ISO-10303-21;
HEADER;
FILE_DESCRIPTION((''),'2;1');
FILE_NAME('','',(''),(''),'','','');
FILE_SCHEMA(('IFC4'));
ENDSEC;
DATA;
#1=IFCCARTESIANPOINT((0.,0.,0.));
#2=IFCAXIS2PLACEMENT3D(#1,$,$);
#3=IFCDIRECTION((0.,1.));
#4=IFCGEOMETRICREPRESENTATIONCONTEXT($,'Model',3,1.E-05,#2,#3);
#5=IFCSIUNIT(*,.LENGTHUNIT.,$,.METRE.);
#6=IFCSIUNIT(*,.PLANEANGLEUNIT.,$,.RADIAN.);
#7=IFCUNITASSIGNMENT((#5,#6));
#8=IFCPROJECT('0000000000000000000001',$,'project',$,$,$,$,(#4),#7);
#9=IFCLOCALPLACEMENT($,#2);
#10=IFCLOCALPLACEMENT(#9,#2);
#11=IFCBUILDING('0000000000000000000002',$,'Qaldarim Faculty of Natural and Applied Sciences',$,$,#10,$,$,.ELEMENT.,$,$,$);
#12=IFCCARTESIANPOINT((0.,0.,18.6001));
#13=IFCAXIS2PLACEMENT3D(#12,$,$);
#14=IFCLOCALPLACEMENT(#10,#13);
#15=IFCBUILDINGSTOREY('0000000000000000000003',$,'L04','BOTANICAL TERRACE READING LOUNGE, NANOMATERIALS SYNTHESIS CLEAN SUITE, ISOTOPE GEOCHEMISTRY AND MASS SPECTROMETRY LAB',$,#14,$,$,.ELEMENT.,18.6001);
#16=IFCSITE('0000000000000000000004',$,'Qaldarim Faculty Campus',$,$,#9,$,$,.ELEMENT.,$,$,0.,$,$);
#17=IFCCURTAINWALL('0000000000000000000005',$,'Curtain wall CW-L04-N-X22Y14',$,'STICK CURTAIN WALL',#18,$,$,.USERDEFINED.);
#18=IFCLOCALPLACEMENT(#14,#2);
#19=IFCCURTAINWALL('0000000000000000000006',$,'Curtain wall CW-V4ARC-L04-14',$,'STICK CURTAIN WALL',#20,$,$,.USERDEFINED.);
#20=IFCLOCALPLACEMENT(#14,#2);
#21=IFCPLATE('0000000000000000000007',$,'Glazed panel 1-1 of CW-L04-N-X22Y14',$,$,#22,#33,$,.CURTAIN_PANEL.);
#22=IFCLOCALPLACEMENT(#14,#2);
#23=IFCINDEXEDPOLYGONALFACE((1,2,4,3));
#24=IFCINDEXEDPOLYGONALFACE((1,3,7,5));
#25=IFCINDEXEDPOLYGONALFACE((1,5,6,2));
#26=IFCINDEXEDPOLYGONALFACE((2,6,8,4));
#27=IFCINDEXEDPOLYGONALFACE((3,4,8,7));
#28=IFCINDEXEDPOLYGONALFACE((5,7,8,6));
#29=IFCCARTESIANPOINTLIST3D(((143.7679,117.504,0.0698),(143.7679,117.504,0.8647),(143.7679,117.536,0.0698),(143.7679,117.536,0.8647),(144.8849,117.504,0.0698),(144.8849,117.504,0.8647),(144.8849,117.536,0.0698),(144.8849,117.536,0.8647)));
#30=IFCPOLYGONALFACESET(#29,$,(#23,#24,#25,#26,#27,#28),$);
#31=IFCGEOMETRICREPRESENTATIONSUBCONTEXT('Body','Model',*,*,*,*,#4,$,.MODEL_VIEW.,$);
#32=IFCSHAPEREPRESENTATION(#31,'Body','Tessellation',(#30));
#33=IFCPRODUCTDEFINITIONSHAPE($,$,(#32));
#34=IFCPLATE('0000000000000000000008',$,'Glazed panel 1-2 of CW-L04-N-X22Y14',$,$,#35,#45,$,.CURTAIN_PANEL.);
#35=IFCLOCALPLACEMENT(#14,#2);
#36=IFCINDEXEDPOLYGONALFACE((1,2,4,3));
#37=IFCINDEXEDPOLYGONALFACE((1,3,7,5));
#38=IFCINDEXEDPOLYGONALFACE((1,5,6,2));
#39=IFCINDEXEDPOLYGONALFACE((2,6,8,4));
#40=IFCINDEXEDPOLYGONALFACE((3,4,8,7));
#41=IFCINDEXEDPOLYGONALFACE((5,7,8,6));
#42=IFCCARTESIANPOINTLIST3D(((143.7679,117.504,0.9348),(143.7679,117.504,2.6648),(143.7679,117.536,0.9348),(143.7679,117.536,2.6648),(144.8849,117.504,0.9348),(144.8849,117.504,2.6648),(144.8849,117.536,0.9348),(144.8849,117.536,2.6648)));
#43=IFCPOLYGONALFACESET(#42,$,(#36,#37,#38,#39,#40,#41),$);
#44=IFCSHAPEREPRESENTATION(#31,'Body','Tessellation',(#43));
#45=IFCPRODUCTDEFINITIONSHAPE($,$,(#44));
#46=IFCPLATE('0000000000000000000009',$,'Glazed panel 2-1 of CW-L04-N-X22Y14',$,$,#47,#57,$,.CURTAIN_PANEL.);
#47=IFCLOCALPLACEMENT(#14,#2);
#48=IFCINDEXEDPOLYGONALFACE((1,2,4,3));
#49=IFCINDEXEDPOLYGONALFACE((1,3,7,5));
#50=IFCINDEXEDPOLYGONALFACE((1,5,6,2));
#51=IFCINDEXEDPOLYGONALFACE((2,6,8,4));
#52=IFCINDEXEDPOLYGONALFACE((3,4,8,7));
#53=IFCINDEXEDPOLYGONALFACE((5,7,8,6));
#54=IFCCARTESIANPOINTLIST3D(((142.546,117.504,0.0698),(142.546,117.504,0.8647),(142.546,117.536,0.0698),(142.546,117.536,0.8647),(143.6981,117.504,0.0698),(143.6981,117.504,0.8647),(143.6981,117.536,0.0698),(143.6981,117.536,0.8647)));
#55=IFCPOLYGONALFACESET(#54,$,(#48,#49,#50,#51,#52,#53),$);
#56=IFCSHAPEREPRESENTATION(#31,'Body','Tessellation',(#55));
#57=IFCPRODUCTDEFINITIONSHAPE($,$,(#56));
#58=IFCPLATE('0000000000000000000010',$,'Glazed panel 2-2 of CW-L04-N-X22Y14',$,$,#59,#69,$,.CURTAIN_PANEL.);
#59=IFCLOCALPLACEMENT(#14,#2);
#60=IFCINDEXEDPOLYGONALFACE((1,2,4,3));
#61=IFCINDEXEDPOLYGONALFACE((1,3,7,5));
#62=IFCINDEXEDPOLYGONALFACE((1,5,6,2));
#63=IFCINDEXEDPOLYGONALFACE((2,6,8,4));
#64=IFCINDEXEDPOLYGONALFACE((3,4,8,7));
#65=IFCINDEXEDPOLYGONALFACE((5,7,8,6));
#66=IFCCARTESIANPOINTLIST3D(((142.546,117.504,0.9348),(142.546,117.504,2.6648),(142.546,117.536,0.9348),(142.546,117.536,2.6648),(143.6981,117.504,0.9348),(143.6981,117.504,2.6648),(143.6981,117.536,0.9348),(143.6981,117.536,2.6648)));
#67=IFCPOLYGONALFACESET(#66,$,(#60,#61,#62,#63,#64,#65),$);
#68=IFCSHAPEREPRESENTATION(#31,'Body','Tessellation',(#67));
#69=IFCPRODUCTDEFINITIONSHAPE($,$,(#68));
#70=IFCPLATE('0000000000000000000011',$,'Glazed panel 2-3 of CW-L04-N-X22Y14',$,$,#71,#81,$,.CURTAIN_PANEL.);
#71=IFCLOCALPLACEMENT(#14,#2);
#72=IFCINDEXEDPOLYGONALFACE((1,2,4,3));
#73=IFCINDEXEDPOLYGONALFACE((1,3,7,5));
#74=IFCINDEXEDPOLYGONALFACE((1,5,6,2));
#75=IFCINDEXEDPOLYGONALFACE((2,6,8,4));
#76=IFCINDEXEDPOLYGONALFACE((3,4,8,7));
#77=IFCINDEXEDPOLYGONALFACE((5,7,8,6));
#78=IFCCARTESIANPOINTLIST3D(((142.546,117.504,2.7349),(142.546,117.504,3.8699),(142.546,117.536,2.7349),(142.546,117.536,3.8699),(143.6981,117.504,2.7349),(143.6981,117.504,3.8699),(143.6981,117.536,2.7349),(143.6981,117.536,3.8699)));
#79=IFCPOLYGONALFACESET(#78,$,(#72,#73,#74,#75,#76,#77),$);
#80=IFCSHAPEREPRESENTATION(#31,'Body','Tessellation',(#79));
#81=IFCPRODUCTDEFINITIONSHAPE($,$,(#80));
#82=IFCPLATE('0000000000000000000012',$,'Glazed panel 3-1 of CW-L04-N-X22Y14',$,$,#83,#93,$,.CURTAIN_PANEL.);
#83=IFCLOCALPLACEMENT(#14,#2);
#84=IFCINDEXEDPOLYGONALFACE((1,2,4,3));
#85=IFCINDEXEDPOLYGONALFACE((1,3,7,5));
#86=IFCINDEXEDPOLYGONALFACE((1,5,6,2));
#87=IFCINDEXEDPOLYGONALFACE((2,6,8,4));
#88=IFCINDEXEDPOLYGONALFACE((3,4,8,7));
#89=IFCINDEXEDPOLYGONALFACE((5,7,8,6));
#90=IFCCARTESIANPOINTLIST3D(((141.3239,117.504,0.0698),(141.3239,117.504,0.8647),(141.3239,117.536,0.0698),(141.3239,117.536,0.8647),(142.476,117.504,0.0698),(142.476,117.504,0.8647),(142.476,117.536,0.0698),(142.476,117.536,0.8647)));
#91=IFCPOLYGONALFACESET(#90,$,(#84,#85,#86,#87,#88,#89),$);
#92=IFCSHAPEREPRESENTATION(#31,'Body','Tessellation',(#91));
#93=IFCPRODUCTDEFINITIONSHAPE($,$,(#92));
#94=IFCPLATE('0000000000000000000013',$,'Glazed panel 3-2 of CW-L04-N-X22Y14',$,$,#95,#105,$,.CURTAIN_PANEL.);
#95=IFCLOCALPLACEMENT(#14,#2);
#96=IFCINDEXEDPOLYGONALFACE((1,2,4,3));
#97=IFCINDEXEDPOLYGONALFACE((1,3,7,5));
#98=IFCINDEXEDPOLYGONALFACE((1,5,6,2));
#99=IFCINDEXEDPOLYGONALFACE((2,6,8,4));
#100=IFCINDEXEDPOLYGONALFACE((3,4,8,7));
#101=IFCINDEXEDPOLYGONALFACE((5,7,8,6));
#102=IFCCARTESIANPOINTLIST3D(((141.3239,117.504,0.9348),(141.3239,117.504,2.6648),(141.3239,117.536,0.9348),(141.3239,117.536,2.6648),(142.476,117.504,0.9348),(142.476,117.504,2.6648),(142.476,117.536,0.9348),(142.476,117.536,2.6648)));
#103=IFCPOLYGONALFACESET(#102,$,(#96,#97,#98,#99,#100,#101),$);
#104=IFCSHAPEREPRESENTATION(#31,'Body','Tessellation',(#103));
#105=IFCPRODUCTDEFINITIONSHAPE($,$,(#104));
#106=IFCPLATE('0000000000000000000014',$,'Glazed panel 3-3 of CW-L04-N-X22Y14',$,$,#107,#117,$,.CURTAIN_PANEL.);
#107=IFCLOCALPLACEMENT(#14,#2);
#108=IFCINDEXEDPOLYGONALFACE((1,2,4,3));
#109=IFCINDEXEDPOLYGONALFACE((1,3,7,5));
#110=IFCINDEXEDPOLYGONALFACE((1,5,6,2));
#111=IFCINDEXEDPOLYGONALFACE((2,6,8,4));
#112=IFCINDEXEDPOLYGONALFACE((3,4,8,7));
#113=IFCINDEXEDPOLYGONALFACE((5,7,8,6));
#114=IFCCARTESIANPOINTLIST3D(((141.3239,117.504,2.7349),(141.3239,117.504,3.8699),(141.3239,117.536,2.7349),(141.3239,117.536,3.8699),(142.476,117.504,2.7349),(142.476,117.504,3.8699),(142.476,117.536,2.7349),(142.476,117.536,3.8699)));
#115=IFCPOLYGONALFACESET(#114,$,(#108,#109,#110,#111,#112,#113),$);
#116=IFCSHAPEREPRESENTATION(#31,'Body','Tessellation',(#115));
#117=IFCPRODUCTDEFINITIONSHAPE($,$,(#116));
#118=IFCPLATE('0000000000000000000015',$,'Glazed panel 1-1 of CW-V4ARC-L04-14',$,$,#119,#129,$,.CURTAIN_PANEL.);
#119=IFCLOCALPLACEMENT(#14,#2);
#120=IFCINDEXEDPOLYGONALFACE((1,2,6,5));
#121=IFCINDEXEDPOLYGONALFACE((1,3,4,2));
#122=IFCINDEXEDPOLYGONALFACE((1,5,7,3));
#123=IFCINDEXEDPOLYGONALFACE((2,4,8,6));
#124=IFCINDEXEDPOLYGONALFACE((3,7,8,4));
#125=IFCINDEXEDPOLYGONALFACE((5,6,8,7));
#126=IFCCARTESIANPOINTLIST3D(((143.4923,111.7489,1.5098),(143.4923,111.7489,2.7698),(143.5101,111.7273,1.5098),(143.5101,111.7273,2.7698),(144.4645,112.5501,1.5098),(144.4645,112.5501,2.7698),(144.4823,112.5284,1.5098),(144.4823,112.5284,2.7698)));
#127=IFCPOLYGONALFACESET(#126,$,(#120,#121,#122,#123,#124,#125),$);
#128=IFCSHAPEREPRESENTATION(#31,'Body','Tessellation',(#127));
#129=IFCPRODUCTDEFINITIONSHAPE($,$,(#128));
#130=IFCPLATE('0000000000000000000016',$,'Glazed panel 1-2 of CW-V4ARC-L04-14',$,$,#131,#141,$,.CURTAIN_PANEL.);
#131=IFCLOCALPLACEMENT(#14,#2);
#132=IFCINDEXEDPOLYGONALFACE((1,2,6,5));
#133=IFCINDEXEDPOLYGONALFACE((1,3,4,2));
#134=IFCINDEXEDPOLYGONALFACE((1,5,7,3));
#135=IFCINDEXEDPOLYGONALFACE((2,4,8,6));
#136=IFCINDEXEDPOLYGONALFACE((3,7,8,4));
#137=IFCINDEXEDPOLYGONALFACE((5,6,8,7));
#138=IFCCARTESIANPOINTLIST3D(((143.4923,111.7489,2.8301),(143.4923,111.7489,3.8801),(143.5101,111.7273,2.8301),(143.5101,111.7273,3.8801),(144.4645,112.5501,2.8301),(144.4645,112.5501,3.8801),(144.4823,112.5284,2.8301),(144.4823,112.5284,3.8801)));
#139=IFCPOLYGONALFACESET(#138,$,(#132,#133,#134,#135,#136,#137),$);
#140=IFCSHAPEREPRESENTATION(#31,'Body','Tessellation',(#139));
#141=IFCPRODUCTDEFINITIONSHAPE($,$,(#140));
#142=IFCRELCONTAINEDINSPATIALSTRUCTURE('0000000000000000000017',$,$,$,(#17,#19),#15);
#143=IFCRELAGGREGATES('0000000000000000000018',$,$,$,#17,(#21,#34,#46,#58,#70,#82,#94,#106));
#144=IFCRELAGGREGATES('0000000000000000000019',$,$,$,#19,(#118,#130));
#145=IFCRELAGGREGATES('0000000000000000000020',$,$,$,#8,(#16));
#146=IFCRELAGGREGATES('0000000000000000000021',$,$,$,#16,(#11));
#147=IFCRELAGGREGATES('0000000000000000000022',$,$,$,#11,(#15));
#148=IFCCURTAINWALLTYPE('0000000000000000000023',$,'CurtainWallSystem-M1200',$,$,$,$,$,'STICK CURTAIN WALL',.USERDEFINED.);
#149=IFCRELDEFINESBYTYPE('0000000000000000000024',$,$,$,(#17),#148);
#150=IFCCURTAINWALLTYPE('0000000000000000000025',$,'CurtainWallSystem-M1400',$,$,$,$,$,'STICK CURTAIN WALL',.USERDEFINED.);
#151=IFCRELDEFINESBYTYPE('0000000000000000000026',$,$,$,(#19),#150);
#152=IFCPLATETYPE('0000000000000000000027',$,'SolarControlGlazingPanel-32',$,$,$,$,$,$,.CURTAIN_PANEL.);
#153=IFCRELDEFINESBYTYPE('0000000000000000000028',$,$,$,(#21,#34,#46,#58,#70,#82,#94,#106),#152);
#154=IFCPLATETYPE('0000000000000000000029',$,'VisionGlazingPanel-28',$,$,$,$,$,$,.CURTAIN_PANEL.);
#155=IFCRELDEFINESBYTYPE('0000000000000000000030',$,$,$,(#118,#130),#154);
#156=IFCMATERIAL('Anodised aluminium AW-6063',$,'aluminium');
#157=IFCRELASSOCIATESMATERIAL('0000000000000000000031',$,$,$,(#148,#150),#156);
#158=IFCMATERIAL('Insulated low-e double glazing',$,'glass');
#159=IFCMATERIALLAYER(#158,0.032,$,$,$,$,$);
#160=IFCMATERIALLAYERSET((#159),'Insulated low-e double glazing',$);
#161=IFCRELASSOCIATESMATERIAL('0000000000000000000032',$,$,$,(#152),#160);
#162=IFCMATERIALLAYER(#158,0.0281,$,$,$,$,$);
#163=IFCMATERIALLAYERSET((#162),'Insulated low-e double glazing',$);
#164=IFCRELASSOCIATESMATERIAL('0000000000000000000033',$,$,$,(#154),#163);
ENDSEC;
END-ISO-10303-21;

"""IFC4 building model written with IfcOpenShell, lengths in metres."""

from ifc_helpers import new_model, si_unit, direction, frame, origin, origin_2d, place, context, subcontext, project, spatial, rectangle, extrude, material, layer, layer_set, type_object, element, aggregate, save


model = new_model("IFC4")

# Units and contexts
model_context = context("Model", 3, precision=1e-05, world=origin(), true_north=direction((0.0, 1.0)))
body_context = subcontext(model_context, "Body", "Model", "MODEL_VIEW")
ifc_project = project(units=[si_unit("LENGTHUNIT", "METRE"), si_unit("PLANEANGLEUNIT", "RADIAN")], contexts=[model_context])

# Site, building, storey
site_placement = place(None, origin())
site = spatial("IfcSite", under=ifc_project, at=site_placement, Name="Qaldarim Faculty Campus", CompositionType="ELEMENT", RefElevation=0.0)
building_placement = place(site_placement, origin())
building = spatial("IfcBuilding", under=site, at=building_placement, Name="Qaldarim Faculty of Natural and Applied Sciences", CompositionType="ELEMENT")
storey_placement = place(building_placement, frame((0.0, 0.0, 18.6001)))
storey = spatial("IfcBuildingStorey", under=building, at=storey_placement, Name="L04", Description="BOTANICAL TERRACE READING LOUNGE, NANOMATERIALS SYNTHESIS CLEAN SUITE, ISOTOPE GEOCHEMISTRY AND MASS SPECTROMETRY LAB", CompositionType="ELEMENT", Elevation=18.6001)

# Curtain walls
ifc_material_1 = material(Name="Anodised aluminium AW-6063", Category="aluminium")
curtain_wall_type_1 = type_object("IfcCurtainWallType", Name="CurtainWallSystem-M1200", ElementType="STICK CURTAIN WALL", PredefinedType="USERDEFINED", material=ifc_material_1)
curtain_wall_1_placement = place(storey_placement, origin())
curtain_wall_1 = element("IfcCurtainWall", 1, at=curtain_wall_1_placement, inside=storey, type_object=curtain_wall_type_1, Name="Curtain wall CW-L04-N-X22Y14", ObjectType="STICK CURTAIN WALL", PredefinedType="USERDEFINED")
curtain_wall_type_2 = type_object("IfcCurtainWallType", Name="CurtainWallSystem-M1400", ElementType="STICK CURTAIN WALL", PredefinedType="USERDEFINED", material=ifc_material_1)
curtain_wall_2_placement = place(storey_placement, origin())
curtain_wall_2 = element("IfcCurtainWall", 2, at=curtain_wall_2_placement, inside=storey, type_object=curtain_wall_type_2, Name="Curtain wall CW-V4ARC-L04-14", ObjectType="STICK CURTAIN WALL", PredefinedType="USERDEFINED")

# Plates
ifc_material_2 = material(Name="Insulated low-e double glazing", Category="glass")
ifc_layer_1 = layer(ifc_material_2, 0.032)
ifc_layer_set_1 = layer_set([ifc_layer_1], Name="Insulated low-e double glazing")
plate_type_1 = type_object("IfcPlateType", Name="SolarControlGlazingPanel-32", PredefinedType="CURTAIN_PANEL", material=ifc_layer_set_1)
plate_1_placement = place(storey_placement, frame((144.3264, 117.52, 0.0698), z_axis=(0.0, 0.0, 1.0), x_axis=(-1.0, 0.0, 0.0)))
plate_1 = element("IfcPlate", 3, at=plate_1_placement, type_object=plate_type_1, Name="Glazed panel 1-1 of CW-L04-N-X22Y14", PredefinedType="CURTAIN_PANEL", context=body_context, shape_type="SweptSolid", body=[
    extrude(rectangle(XDim=1.1169, YDim=0.032, at=origin_2d()), origin(), (0.0, 0.0, 1.0), 0.7949),
])
plate_2_placement = place(storey_placement, frame((144.3264, 117.52, 0.9348), z_axis=(0.0, 0.0, 1.0), x_axis=(-1.0, 0.0, 0.0)))
plate_2 = element("IfcPlate", 4, at=plate_2_placement, type_object=plate_type_1, Name="Glazed panel 1-2 of CW-L04-N-X22Y14", PredefinedType="CURTAIN_PANEL", context=body_context, shape_type="SweptSolid", body=[
    extrude(rectangle(XDim=1.1169, YDim=0.032, at=origin_2d()), origin(), (0.0, 0.0, 1.0), 1.73),
])
plate_3_placement = place(storey_placement, frame((143.1221, 117.52, 0.0698), z_axis=(0.0, 0.0, 1.0), x_axis=(-1.0, 0.0, 0.0)))
plate_3 = element("IfcPlate", 5, at=plate_3_placement, type_object=plate_type_1, Name="Glazed panel 2-1 of CW-L04-N-X22Y14", PredefinedType="CURTAIN_PANEL", context=body_context, shape_type="SweptSolid", body=[
    extrude(rectangle(XDim=1.1521, YDim=0.032, at=origin_2d()), origin(), (0.0, 0.0, 1.0), 0.7949),
])
plate_4_placement = place(storey_placement, frame((143.1221, 117.52, 0.9348), z_axis=(0.0, 0.0, 1.0), x_axis=(-1.0, 0.0, 0.0)))
plate_4 = element("IfcPlate", 6, at=plate_4_placement, type_object=plate_type_1, Name="Glazed panel 2-2 of CW-L04-N-X22Y14", PredefinedType="CURTAIN_PANEL", context=body_context, shape_type="SweptSolid", body=[
    extrude(rectangle(XDim=1.1521, YDim=0.032, at=origin_2d()), origin(), (0.0, 0.0, 1.0), 1.73),
])
plate_5_placement = place(storey_placement, frame((143.1221, 117.52, 2.7349), z_axis=(0.0, 0.0, 1.0), x_axis=(-1.0, 0.0, 0.0)))
plate_5 = element("IfcPlate", 7, at=plate_5_placement, type_object=plate_type_1, Name="Glazed panel 2-3 of CW-L04-N-X22Y14", PredefinedType="CURTAIN_PANEL", context=body_context, shape_type="SweptSolid", body=[
    extrude(rectangle(XDim=1.1521, YDim=0.032, at=origin_2d()), origin(), (0.0, 0.0, 1.0), 1.135),
])
plate_6_placement = place(storey_placement, frame((141.8999, 117.52, 0.0698), z_axis=(0.0, 0.0, 1.0), x_axis=(-1.0, 0.0, 0.0)))
plate_6 = element("IfcPlate", 8, at=plate_6_placement, type_object=plate_type_1, Name="Glazed panel 3-1 of CW-L04-N-X22Y14", PredefinedType="CURTAIN_PANEL", context=body_context, shape_type="SweptSolid", body=[
    extrude(rectangle(XDim=1.1521, YDim=0.032, at=origin_2d()), origin(), (0.0, 0.0, 1.0), 0.7949),
])
plate_7_placement = place(storey_placement, frame((141.8999, 117.52, 0.9348), z_axis=(0.0, 0.0, 1.0), x_axis=(-1.0, 0.0, 0.0)))
plate_7 = element("IfcPlate", 9, at=plate_7_placement, type_object=plate_type_1, Name="Glazed panel 3-2 of CW-L04-N-X22Y14", PredefinedType="CURTAIN_PANEL", context=body_context, shape_type="SweptSolid", body=[
    extrude(rectangle(XDim=1.1521, YDim=0.032, at=origin_2d()), origin(), (0.0, 0.0, 1.0), 1.73),
])
plate_8_placement = place(storey_placement, frame((141.8999, 117.52, 2.7349), z_axis=(0.0, 0.0, 1.0), x_axis=(-1.0, 0.0, 0.0)))
plate_8 = element("IfcPlate", 10, at=plate_8_placement, type_object=plate_type_1, Name="Glazed panel 3-3 of CW-L04-N-X22Y14", PredefinedType="CURTAIN_PANEL", context=body_context, shape_type="SweptSolid", body=[
    extrude(rectangle(XDim=1.1521, YDim=0.032, at=origin_2d()), origin(), (0.0, 0.0, 1.0), 1.135),
])
aggregate(curtain_wall_1, [plate_1, plate_2, plate_3, plate_4, plate_5, plate_6, plate_7, plate_8])
ifc_layer_2 = layer(ifc_material_2, 0.0281)
ifc_layer_set_2 = layer_set([ifc_layer_2], Name="Insulated low-e double glazing")
plate_type_2 = type_object("IfcPlateType", Name="VisionGlazingPanel-28", PredefinedType="CURTAIN_PANEL", material=ifc_layer_set_2)
plate_9_placement = place(storey_placement, frame((143.9873, 112.1387, 1.5098), z_axis=(0.0, 0.0, 1.0), x_axis=(0.771747, 0.63593, 0.0)))
plate_9 = element("IfcPlate", 11, at=plate_9_placement, type_object=plate_type_2, Name="Glazed panel 1-1 of CW-V4ARC-L04-14", PredefinedType="CURTAIN_PANEL", context=body_context, shape_type="SweptSolid", body=[
    extrude(rectangle(XDim=1.2598, YDim=0.0281, at=origin_2d()), origin(), (0.0, 0.0, 1.0), 1.26),
])
plate_10_placement = place(storey_placement, frame((143.9873, 112.1387, 2.8301), z_axis=(0.0, 0.0, 1.0), x_axis=(0.771747, 0.63593, 0.0)))
plate_10 = element("IfcPlate", 12, at=plate_10_placement, type_object=plate_type_2, Name="Glazed panel 1-2 of CW-V4ARC-L04-14", PredefinedType="CURTAIN_PANEL", context=body_context, shape_type="SweptSolid", body=[
    extrude(rectangle(XDim=1.2598, YDim=0.0281, at=origin_2d()), origin(), (0.0, 0.0, 1.0), 1.05),
])
aggregate(curtain_wall_2, [plate_9, plate_10])

save(model, "model.ifc")
